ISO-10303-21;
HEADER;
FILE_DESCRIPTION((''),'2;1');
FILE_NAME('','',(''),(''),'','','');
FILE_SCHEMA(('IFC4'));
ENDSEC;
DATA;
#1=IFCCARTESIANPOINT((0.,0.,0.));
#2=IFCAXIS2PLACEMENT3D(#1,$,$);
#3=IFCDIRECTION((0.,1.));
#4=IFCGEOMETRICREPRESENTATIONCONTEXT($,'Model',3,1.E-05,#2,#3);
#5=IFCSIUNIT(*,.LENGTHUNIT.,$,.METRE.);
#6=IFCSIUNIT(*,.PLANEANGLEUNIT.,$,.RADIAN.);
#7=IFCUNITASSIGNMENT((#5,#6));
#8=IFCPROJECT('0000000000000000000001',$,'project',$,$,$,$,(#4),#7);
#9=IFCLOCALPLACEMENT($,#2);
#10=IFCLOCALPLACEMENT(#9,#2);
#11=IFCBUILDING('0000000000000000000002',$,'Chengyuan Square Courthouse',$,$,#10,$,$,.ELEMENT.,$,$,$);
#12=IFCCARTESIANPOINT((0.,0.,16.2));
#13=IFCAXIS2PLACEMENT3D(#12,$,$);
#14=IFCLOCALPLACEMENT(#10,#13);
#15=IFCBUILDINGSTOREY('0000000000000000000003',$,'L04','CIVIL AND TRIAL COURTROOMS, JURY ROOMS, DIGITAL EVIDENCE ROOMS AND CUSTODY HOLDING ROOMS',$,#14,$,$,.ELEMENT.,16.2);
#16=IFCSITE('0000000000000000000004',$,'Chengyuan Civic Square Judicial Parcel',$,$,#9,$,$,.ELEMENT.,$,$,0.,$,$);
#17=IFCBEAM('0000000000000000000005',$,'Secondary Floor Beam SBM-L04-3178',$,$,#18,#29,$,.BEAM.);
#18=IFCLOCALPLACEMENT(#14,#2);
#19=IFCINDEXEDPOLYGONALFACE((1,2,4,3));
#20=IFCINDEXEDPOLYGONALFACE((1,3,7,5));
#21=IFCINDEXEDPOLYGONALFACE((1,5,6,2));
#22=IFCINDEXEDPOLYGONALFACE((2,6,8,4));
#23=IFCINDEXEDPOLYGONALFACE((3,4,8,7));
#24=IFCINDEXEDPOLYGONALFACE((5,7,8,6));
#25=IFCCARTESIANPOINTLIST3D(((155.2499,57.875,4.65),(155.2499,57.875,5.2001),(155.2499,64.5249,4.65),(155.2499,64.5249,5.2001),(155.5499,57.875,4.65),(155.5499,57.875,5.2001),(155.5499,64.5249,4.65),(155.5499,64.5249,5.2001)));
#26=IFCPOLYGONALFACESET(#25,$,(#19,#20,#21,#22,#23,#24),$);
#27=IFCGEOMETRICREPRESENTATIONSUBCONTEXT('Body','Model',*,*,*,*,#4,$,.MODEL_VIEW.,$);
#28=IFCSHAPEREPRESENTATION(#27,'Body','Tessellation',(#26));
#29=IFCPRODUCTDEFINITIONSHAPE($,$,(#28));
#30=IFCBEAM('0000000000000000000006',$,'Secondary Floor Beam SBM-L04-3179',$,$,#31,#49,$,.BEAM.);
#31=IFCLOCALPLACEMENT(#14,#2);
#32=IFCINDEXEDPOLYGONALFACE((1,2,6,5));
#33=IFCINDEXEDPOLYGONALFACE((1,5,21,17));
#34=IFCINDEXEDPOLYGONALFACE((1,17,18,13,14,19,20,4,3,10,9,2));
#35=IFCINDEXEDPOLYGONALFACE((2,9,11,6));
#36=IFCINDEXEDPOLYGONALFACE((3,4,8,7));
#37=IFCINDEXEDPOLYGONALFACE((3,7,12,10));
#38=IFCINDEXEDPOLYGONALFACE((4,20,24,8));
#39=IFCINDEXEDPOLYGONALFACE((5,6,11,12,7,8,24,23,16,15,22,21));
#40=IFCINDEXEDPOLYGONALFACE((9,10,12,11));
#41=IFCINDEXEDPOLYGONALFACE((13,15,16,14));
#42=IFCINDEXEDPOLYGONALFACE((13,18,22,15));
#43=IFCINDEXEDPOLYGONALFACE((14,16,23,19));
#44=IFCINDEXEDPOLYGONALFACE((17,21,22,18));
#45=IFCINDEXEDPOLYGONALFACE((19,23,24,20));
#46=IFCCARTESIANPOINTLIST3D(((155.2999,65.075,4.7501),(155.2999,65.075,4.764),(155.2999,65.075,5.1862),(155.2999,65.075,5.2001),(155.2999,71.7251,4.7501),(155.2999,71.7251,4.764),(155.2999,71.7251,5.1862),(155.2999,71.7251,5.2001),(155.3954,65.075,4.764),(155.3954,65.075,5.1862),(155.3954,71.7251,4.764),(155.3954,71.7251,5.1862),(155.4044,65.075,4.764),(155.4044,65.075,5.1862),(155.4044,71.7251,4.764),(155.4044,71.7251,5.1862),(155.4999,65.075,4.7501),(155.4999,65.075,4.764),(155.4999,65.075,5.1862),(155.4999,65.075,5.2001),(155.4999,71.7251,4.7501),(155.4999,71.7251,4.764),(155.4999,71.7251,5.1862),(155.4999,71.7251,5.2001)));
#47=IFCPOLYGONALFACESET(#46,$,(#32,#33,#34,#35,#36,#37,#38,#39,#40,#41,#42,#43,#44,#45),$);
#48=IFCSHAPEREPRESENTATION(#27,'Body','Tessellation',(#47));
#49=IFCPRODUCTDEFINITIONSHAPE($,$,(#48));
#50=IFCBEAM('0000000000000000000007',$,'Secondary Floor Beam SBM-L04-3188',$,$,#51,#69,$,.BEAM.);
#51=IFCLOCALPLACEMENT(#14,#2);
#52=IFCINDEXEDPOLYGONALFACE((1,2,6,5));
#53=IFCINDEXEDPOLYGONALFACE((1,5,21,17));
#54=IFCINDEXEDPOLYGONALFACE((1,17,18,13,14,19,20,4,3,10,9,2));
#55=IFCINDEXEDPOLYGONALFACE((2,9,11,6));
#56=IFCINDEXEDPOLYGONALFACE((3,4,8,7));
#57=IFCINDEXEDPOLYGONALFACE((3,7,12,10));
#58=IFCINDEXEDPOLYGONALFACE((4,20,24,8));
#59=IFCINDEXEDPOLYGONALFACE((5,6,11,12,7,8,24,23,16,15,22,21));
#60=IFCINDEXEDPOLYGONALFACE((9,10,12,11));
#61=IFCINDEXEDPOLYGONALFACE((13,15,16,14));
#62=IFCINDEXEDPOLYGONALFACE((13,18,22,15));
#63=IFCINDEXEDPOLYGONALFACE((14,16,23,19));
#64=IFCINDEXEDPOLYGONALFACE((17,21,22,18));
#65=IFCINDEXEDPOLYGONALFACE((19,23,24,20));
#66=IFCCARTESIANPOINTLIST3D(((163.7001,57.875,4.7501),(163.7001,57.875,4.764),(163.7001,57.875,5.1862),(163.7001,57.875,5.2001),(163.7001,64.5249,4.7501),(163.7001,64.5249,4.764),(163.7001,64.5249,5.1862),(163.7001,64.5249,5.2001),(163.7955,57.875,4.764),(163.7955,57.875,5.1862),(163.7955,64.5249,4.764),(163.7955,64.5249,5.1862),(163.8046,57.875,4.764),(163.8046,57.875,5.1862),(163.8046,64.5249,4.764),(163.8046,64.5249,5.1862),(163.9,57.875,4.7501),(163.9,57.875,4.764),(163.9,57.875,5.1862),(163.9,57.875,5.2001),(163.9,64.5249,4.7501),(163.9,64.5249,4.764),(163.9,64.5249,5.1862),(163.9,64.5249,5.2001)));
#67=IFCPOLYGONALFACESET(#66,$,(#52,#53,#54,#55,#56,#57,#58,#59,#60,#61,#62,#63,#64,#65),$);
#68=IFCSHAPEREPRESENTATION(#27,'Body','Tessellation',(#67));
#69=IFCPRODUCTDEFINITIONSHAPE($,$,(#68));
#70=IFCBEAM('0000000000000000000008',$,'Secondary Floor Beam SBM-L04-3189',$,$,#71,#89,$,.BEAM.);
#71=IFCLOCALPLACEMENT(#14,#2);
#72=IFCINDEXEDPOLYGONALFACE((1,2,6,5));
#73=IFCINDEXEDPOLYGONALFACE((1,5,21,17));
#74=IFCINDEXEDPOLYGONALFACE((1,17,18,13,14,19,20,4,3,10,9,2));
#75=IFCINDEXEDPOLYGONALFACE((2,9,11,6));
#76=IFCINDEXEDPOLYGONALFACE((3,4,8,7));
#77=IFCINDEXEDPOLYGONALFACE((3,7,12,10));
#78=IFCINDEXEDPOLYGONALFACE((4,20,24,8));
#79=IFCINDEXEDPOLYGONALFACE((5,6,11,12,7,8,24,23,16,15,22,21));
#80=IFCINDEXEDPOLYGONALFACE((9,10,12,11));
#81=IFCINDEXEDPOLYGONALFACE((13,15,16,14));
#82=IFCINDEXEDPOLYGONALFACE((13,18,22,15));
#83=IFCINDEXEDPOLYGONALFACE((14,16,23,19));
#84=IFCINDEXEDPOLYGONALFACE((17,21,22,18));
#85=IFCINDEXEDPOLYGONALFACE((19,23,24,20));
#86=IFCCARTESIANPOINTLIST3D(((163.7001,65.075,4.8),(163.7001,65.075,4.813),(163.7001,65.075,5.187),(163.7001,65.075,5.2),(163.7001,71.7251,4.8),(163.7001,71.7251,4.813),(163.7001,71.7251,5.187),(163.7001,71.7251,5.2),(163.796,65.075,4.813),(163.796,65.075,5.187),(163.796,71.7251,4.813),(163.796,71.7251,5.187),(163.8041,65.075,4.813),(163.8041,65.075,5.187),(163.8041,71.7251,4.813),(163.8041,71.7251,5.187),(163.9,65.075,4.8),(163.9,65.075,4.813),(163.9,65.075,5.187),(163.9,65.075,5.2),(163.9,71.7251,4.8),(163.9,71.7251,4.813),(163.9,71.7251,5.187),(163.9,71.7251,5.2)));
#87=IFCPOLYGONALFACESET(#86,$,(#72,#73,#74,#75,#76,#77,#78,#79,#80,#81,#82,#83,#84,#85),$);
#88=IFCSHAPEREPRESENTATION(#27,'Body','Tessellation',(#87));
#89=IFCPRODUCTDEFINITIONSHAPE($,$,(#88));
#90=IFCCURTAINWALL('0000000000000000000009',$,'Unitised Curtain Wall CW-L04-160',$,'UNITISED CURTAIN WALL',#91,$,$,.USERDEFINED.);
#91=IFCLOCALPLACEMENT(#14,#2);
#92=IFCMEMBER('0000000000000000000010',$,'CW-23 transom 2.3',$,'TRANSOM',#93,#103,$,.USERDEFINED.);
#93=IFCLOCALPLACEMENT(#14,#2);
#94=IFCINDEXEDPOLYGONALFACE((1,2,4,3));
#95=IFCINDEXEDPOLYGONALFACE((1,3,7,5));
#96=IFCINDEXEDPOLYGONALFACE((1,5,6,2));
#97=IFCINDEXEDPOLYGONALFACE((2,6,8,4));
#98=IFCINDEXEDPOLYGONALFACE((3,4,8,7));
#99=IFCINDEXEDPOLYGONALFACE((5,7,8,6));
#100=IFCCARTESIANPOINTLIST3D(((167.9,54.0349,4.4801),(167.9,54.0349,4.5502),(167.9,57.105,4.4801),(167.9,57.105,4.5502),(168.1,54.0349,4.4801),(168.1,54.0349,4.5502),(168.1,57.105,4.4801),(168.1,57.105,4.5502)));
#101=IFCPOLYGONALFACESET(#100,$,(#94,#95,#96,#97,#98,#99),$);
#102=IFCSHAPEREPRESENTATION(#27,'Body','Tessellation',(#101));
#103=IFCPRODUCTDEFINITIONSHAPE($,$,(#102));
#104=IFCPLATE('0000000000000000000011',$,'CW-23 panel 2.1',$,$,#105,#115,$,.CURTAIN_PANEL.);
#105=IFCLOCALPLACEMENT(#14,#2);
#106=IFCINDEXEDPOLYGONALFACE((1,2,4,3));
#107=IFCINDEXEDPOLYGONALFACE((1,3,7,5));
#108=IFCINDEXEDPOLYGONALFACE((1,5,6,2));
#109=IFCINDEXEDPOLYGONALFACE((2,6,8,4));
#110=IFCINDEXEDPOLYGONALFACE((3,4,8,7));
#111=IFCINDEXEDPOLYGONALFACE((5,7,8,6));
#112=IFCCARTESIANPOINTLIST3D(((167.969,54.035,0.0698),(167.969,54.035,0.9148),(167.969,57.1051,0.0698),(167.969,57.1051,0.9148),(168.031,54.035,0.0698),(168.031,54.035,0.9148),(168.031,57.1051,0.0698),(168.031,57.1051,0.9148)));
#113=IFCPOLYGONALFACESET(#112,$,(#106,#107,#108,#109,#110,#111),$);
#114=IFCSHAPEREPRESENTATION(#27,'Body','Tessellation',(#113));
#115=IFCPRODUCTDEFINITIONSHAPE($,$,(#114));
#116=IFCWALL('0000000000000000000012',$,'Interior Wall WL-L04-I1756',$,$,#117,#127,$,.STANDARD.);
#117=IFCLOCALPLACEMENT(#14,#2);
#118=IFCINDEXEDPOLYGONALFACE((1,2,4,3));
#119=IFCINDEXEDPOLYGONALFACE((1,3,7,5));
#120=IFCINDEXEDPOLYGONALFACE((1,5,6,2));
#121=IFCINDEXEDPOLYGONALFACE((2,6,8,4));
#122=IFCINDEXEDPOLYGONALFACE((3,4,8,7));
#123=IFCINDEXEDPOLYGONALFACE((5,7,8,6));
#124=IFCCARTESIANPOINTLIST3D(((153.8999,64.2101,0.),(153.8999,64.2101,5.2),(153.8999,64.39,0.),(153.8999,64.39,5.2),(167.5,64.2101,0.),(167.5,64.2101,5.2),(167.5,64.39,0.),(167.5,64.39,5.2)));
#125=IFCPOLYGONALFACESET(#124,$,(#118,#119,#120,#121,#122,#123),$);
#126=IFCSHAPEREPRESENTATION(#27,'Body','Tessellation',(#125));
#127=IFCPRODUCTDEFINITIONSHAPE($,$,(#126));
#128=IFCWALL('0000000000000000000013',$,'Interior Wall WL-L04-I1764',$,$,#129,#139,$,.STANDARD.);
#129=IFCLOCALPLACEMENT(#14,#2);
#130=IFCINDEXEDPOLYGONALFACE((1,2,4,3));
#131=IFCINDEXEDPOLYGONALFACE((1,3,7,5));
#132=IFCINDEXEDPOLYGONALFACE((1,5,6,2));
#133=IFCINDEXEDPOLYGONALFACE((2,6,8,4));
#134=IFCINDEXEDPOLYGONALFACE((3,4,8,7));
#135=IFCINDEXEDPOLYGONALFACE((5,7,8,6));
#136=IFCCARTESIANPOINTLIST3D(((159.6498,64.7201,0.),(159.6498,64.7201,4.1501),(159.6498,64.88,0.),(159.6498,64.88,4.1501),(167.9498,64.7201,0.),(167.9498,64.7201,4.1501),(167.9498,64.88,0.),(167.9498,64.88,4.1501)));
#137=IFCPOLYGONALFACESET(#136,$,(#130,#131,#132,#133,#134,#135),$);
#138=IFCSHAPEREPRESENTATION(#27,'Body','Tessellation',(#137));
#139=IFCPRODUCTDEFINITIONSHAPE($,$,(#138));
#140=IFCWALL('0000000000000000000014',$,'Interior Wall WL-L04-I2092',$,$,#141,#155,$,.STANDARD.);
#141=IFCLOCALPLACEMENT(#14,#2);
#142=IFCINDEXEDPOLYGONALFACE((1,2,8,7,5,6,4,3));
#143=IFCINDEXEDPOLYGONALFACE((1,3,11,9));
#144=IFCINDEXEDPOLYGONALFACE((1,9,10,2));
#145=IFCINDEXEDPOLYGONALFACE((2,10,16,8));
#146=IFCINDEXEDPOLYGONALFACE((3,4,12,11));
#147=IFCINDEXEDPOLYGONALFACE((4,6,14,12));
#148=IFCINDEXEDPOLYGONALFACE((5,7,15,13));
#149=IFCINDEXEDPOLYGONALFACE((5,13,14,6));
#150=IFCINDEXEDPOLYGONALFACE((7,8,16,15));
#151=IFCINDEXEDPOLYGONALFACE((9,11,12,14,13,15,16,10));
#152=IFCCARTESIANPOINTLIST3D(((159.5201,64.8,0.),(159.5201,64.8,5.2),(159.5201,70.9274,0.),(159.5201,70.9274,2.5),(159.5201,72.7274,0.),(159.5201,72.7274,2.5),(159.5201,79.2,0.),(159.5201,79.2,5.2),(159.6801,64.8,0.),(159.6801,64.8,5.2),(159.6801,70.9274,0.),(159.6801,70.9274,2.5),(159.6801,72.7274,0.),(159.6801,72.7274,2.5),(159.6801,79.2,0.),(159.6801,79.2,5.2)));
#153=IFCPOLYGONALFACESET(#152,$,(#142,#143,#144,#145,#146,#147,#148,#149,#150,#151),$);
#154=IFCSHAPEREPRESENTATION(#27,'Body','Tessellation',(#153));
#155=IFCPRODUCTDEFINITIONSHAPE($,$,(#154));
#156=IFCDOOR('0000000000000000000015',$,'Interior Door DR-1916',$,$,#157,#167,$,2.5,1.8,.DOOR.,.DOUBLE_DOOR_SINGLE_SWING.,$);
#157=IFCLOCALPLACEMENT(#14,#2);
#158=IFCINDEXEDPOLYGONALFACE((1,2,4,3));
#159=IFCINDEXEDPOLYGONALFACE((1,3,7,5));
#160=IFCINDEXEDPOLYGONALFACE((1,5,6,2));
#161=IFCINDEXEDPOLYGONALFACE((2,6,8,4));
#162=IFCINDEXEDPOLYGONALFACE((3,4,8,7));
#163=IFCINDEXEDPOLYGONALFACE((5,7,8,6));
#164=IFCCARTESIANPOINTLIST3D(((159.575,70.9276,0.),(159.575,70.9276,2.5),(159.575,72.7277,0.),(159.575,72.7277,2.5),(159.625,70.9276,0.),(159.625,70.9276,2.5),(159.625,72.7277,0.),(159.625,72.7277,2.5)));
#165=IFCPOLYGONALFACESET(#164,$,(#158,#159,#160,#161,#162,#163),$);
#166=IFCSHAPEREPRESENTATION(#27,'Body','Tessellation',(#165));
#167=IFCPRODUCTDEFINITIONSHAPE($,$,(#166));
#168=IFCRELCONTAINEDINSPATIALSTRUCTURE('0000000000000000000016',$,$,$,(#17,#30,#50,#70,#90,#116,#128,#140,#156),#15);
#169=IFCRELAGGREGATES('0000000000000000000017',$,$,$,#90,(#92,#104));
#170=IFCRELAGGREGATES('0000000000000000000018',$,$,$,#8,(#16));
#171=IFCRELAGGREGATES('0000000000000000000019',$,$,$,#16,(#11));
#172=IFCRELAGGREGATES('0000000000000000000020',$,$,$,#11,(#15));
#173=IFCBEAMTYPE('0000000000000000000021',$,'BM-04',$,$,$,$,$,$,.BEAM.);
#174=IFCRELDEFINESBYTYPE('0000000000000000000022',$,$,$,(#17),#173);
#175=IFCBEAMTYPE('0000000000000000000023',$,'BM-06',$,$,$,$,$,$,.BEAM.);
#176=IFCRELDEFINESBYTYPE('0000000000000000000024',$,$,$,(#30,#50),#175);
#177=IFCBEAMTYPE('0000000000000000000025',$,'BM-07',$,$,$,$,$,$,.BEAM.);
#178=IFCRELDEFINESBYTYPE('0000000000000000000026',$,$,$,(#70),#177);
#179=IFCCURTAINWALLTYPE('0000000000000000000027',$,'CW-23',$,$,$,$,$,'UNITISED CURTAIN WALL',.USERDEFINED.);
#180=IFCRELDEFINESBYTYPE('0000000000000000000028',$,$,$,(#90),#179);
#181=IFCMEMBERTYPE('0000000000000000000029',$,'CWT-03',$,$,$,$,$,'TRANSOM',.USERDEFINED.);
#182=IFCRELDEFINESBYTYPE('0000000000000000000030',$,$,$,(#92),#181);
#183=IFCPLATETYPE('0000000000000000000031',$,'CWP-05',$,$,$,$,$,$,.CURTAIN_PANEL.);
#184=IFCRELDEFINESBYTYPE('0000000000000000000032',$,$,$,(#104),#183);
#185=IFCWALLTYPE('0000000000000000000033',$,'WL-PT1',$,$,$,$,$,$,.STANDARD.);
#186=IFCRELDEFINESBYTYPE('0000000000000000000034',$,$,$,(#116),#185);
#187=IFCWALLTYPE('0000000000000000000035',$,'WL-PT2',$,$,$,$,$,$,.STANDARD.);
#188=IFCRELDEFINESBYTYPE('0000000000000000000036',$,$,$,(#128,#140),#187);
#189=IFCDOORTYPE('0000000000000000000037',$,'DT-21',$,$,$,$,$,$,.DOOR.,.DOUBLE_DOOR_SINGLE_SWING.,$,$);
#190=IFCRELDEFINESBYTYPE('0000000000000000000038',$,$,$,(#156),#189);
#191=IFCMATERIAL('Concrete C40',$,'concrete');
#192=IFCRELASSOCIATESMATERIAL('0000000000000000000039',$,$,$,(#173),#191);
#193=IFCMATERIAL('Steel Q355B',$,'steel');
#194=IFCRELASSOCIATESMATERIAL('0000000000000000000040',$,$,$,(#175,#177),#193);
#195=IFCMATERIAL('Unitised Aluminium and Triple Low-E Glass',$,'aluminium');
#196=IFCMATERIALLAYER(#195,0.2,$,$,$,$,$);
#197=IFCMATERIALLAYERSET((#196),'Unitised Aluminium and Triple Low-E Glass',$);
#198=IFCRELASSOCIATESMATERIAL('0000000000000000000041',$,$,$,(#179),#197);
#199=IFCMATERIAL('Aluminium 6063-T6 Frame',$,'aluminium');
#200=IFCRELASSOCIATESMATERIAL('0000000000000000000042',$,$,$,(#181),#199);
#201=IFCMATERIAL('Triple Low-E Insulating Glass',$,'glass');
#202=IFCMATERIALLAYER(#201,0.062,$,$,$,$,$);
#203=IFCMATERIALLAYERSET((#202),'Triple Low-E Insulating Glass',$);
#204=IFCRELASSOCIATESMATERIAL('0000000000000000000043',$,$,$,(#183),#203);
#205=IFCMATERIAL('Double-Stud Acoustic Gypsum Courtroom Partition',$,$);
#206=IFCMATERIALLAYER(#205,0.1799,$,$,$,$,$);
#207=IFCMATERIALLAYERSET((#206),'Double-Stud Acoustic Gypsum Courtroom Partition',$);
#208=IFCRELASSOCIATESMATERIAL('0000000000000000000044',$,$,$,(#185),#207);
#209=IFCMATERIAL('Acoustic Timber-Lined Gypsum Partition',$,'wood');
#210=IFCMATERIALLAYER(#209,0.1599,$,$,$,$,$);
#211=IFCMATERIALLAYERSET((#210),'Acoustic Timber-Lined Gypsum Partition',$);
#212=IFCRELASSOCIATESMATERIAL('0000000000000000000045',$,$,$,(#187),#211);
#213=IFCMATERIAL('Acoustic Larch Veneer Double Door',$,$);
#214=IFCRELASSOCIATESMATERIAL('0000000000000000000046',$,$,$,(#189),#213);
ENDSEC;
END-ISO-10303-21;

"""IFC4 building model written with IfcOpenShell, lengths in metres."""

from ifc_helpers import new_model, si_unit, direction, frame, frame_2d, origin, origin_2d, place, context, subcontext, project, spatial, rectangle, i_section, extrude, material, layer, layer_set, material_profile, profile_set, type_object, element, fill, aggregate, save


model = new_model("IFC4")

# Units and contexts
model_context = context("Model", 3, precision=1e-05, world=origin(), true_north=direction((0.0, 1.0)))
body_context = subcontext(model_context, "Body", "Model", "MODEL_VIEW")
ifc_project = project(units=[si_unit("LENGTHUNIT", "METRE"), si_unit("PLANEANGLEUNIT", "RADIAN")], contexts=[model_context])

# Site, building, storey
site_placement = place(None, origin())
site = spatial("IfcSite", under=ifc_project, at=site_placement, Name="Chengyuan Civic Square Judicial Parcel", CompositionType="ELEMENT", RefElevation=0.0)
building_placement = place(site_placement, origin())
building = spatial("IfcBuilding", under=site, at=building_placement, Name="Chengyuan Square Courthouse", CompositionType="ELEMENT")
storey_placement = place(building_placement, frame((0.0, 0.0, 16.2)))
storey = spatial("IfcBuildingStorey", under=building, at=storey_placement, Name="L04", Description="CIVIL AND TRIAL COURTROOMS, JURY ROOMS, DIGITAL EVIDENCE ROOMS AND CUSTODY HOLDING ROOMS", CompositionType="ELEMENT", Elevation=16.2)

# Beams
ifc_material_1 = material(Name="Concrete C40", Category="concrete")
ifc_material_profile_1 = material_profile(ifc_material_1, rectangle(XDim=0.3, YDim=0.55, at=origin_2d()), Name="RC-BM-300x550")
ifc_profile_set_1 = profile_set([ifc_material_profile_1], Name="Concrete C40")
beam_type_1 = type_object("IfcBeamType", Name="BM-04", PredefinedType="BEAM", material=ifc_profile_set_1)
beam_1_placement = place(storey_placement, frame((155.3999, 57.875, 4.925), z_axis=(0.0, 1.0, 0.0), x_axis=(-1.0, 0.0, 0.0)))
element("IfcBeam", 1, at=beam_1_placement, inside=storey, type_object=beam_type_1, Name="Secondary Floor Beam SBM-L04-3178", PredefinedType="BEAM", context=body_context, shape_type="SweptSolid", body=[
    extrude(rectangle(XDim=0.3, YDim=0.55, at=origin_2d()), origin(), (0.0, 0.0, 1.0), 6.6499),
])
ifc_material_2 = material(Name="Steel Q355B", Category="steel")
ifc_material_profile_2 = material_profile(ifc_material_2, i_section(OverallWidth=0.2, OverallDepth=0.45, WebThickness=0.009, FlangeThickness=0.0139, at=origin_2d()), Name="HN 450x200x9x14")
ifc_profile_set_2 = profile_set([ifc_material_profile_2], Name="Steel Q355B")
beam_type_2 = type_object("IfcBeamType", Name="BM-06", PredefinedType="BEAM", material=ifc_profile_set_2)
beam_2_placement = place(storey_placement, frame((155.3999, 65.075, 4.9751), z_axis=(0.0, 1.0, 0.0), x_axis=(-1.0, 0.0, 0.0)))
element("IfcBeam", 2, at=beam_2_placement, inside=storey, type_object=beam_type_2, Name="Secondary Floor Beam SBM-L04-3179", PredefinedType="BEAM", context=body_context, shape_type="SweptSolid", body=[
    extrude(i_section(OverallWidth=0.2, OverallDepth=0.45, WebThickness=0.009, FlangeThickness=0.0139, at=origin_2d()), origin(), (0.0, 0.0, 1.0), 6.6501),
])
beam_3_placement = place(storey_placement, frame((163.8, 57.875, 4.9751), z_axis=(0.0, 1.0, 0.0), x_axis=(-1.0, 0.0, 0.0)))
element("IfcBeam", 3, at=beam_3_placement, inside=storey, type_object=beam_type_2, Name="Secondary Floor Beam SBM-L04-3188", PredefinedType="BEAM", context=body_context, shape_type="SweptSolid", body=[
    extrude(i_section(OverallWidth=0.2, OverallDepth=0.45, WebThickness=0.009, FlangeThickness=0.0139, at=origin_2d()), origin(), (0.0, 0.0, 1.0), 6.6499),
])
ifc_material_profile_3 = material_profile(ifc_material_2, i_section(OverallWidth=0.2, OverallDepth=0.3999, WebThickness=0.0081, FlangeThickness=0.0129, at=origin_2d()), Name="HN 400x200x8x13")
ifc_profile_set_3 = profile_set([ifc_material_profile_3], Name="Steel Q355B")
beam_type_3 = type_object("IfcBeamType", Name="BM-07", PredefinedType="BEAM", material=ifc_profile_set_3)
beam_4_placement = place(storey_placement, frame((163.8, 65.075, 5.0), z_axis=(0.0, 1.0, 0.0), x_axis=(-1.0, 0.0, 0.0)))
element("IfcBeam", 4, at=beam_4_placement, inside=storey, type_object=beam_type_3, Name="Secondary Floor Beam SBM-L04-3189", PredefinedType="BEAM", context=body_context, shape_type="SweptSolid", body=[
    extrude(i_section(OverallWidth=0.2, OverallDepth=0.3999, WebThickness=0.0081, FlangeThickness=0.0129, at=origin_2d()), origin(), (0.0, 0.0, 1.0), 6.6501),
])

# Curtain wall, member, plate
ifc_material_3 = material(Name="Unitised Aluminium and Triple Low-E Glass", Category="aluminium")
ifc_layer_1 = layer(ifc_material_3, 0.2)
ifc_layer_set_1 = layer_set([ifc_layer_1], Name="Unitised Aluminium and Triple Low-E Glass")
curtain_wall_type = type_object("IfcCurtainWallType", Name="CW-23", ElementType="UNITISED CURTAIN WALL", PredefinedType="USERDEFINED", material=ifc_layer_set_1)
curtain_wall_placement = place(storey_placement, origin())
curtain_wall = element("IfcCurtainWall", 5, at=curtain_wall_placement, inside=storey, type_object=curtain_wall_type, Name="Unitised Curtain Wall CW-L04-160", ObjectType="UNITISED CURTAIN WALL", PredefinedType="USERDEFINED")
ifc_material_4 = material(Name="Aluminium 6063-T6 Frame", Category="aluminium")
ifc_material_profile_4 = material_profile(ifc_material_4, rectangle(XDim=0.2, YDim=0.0701, at=origin_2d()), Name="CW-TRN-70x160")
ifc_profile_set_4 = profile_set([ifc_material_profile_4], Name="Aluminium 6063-T6 Frame")
member_type = type_object("IfcMemberType", Name="CWT-03", ElementType="TRANSOM", PredefinedType="USERDEFINED", material=ifc_profile_set_4)
member_placement = place(storey_placement, frame((168.0, 54.0349, 4.5151), z_axis=(0.0, 1.0, 0.0), x_axis=(-1.0, 0.0, 0.0)))
member = element("IfcMember", 6, at=member_placement, type_object=member_type, Name="CW-23 transom 2.3", ObjectType="TRANSOM", PredefinedType="USERDEFINED", context=body_context, shape_type="SweptSolid", body=[
    extrude(rectangle(XDim=0.2, YDim=0.0701, at=origin_2d()), origin(), (0.0, 0.0, 1.0), 3.0701),
])
ifc_material_5 = material(Name="Triple Low-E Insulating Glass", Category="glass")
ifc_layer_2 = layer(ifc_material_5, 0.062)
ifc_layer_set_2 = layer_set([ifc_layer_2], Name="Triple Low-E Insulating Glass")
plate_type = type_object("IfcPlateType", Name="CWP-05", PredefinedType="CURTAIN_PANEL", material=ifc_layer_set_2)
plate_placement = place(storey_placement, frame((168.0, 55.5701, 0.0698), z_axis=(0.0, 0.0, 1.0), x_axis=(0.0, 1.0, 0.0)))
plate = element("IfcPlate", 7, at=plate_placement, type_object=plate_type, Name="CW-23 panel 2.1", PredefinedType="CURTAIN_PANEL", context=body_context, shape_type="SweptSolid", body=[
    extrude(rectangle(XDim=3.0701, YDim=0.062, at=origin_2d()), origin(), (0.0, 0.0, 1.0), 0.845),
])
aggregate(curtain_wall, [member, plate])

# Walls
ifc_material_6 = material(Name="Double-Stud Acoustic Gypsum Courtroom Partition")
ifc_layer_3 = layer(ifc_material_6, 0.1799)
ifc_layer_set_3 = layer_set([ifc_layer_3], Name="Double-Stud Acoustic Gypsum Courtroom Partition")
wall_type_1 = type_object("IfcWallType", Name="WL-PT1", PredefinedType="STANDARD", material=ifc_layer_set_3)
wall_1_placement = place(storey_placement, frame((153.8999, 64.3, 0.0), z_axis=(0.0, 0.0, 1.0), x_axis=(1.0, 0.0, 0.0)))
element("IfcWall", 8, at=wall_1_placement, inside=storey, type_object=wall_type_1, Name="Interior Wall WL-L04-I1756", PredefinedType="STANDARD", context=body_context, shape_type="SweptSolid", body=[
    extrude(rectangle(XDim=13.6001, YDim=0.1799, at=frame_2d((6.8, 0.0))), origin(), (0.0, 0.0, 1.0), 5.2),
])
ifc_material_7 = material(Name="Acoustic Timber-Lined Gypsum Partition", Category="wood")
ifc_layer_4 = layer(ifc_material_7, 0.1599)
ifc_layer_set_4 = layer_set([ifc_layer_4], Name="Acoustic Timber-Lined Gypsum Partition")
wall_type_2 = type_object("IfcWallType", Name="WL-PT2", PredefinedType="STANDARD", material=ifc_layer_set_4)
wall_2_placement = place(storey_placement, frame((159.6499, 64.8, 0.0), z_axis=(0.0, 0.0, 1.0), x_axis=(1.0, 0.0, 0.0)))
element("IfcWall", 9, at=wall_2_placement, inside=storey, type_object=wall_type_2, Name="Interior Wall WL-L04-I1764", PredefinedType="STANDARD", context=body_context, shape_type="SweptSolid", body=[
    extrude(rectangle(XDim=8.3, YDim=0.1599, at=frame_2d((4.1499, 0.0))), origin(), (0.0, 0.0, 1.0), 4.1501),
])

# Wall, opening, door
wall_3_placement = place(storey_placement, frame((159.6001, 64.8, 0.0), z_axis=(0.0, 0.0, 1.0), x_axis=(0.0, 1.0, 0.0)))
wall_3 = element("IfcWall", 10, at=wall_3_placement, inside=storey, type_object=wall_type_2, Name="Interior Wall WL-L04-I2092", PredefinedType="STANDARD", context=body_context, shape_type="SweptSolid", body=[
    extrude(rectangle(XDim=14.3999, YDim=0.1599, at=frame_2d((7.2, 0.0))), origin(), (0.0, 0.0, 1.0), 5.2),
])
opening_1_placement = place(wall_3_placement, frame((6.1274, 0.0, 0.0)))
opening_1 = element("IfcOpeningElement", 11, at=opening_1_placement, cuts=wall_3, PredefinedType="OPENING", context=body_context, shape_type="SweptSolid", body=[
    extrude(rectangle(XDim=1.8, YDim=2.5, at=frame_2d((0.8999, 1.25))), frame((0.0, 0.092, 0.0), z_axis=(0.0, -1.0, 0.0), x_axis=(1.0, 0.0, 0.0)), (0.0, 0.0, 1.0), 0.1838),
])
ifc_material_8 = material(Name="Acoustic Larch Veneer Double Door")
door_type_1 = type_object("IfcDoorType", Name="DT-21", OperationType="DOUBLE_DOOR_SINGLE_SWING", PredefinedType="DOOR", material=ifc_material_8)
door_1_placement = place(opening_1_placement, frame((1.8, 0.0, 0.0), z_axis=(0.0, 0.0, 1.0), x_axis=(-1.0, 0.0, 0.0)))
door_1 = element("IfcDoor", 12, at=door_1_placement, inside=storey, type_object=door_type_1, Name="Interior Door DR-1916", OperationType="DOUBLE_DOOR_SINGLE_SWING", OverallHeight=2.5, OverallWidth=1.8, PredefinedType="DOOR", context=body_context, shape_type="SweptSolid", body=[
    extrude(rectangle(XDim=1.8, YDim=2.5, at=frame_2d((0.8999, 1.25))), frame((0.0, 0.0249, 0.0), z_axis=(0.0, -1.0, 0.0), x_axis=(1.0, 0.0, 0.0)), (0.0, 0.0, 1.0), 0.05),
])
fill(opening_1, door_1)

save(model, "model.ifc")
